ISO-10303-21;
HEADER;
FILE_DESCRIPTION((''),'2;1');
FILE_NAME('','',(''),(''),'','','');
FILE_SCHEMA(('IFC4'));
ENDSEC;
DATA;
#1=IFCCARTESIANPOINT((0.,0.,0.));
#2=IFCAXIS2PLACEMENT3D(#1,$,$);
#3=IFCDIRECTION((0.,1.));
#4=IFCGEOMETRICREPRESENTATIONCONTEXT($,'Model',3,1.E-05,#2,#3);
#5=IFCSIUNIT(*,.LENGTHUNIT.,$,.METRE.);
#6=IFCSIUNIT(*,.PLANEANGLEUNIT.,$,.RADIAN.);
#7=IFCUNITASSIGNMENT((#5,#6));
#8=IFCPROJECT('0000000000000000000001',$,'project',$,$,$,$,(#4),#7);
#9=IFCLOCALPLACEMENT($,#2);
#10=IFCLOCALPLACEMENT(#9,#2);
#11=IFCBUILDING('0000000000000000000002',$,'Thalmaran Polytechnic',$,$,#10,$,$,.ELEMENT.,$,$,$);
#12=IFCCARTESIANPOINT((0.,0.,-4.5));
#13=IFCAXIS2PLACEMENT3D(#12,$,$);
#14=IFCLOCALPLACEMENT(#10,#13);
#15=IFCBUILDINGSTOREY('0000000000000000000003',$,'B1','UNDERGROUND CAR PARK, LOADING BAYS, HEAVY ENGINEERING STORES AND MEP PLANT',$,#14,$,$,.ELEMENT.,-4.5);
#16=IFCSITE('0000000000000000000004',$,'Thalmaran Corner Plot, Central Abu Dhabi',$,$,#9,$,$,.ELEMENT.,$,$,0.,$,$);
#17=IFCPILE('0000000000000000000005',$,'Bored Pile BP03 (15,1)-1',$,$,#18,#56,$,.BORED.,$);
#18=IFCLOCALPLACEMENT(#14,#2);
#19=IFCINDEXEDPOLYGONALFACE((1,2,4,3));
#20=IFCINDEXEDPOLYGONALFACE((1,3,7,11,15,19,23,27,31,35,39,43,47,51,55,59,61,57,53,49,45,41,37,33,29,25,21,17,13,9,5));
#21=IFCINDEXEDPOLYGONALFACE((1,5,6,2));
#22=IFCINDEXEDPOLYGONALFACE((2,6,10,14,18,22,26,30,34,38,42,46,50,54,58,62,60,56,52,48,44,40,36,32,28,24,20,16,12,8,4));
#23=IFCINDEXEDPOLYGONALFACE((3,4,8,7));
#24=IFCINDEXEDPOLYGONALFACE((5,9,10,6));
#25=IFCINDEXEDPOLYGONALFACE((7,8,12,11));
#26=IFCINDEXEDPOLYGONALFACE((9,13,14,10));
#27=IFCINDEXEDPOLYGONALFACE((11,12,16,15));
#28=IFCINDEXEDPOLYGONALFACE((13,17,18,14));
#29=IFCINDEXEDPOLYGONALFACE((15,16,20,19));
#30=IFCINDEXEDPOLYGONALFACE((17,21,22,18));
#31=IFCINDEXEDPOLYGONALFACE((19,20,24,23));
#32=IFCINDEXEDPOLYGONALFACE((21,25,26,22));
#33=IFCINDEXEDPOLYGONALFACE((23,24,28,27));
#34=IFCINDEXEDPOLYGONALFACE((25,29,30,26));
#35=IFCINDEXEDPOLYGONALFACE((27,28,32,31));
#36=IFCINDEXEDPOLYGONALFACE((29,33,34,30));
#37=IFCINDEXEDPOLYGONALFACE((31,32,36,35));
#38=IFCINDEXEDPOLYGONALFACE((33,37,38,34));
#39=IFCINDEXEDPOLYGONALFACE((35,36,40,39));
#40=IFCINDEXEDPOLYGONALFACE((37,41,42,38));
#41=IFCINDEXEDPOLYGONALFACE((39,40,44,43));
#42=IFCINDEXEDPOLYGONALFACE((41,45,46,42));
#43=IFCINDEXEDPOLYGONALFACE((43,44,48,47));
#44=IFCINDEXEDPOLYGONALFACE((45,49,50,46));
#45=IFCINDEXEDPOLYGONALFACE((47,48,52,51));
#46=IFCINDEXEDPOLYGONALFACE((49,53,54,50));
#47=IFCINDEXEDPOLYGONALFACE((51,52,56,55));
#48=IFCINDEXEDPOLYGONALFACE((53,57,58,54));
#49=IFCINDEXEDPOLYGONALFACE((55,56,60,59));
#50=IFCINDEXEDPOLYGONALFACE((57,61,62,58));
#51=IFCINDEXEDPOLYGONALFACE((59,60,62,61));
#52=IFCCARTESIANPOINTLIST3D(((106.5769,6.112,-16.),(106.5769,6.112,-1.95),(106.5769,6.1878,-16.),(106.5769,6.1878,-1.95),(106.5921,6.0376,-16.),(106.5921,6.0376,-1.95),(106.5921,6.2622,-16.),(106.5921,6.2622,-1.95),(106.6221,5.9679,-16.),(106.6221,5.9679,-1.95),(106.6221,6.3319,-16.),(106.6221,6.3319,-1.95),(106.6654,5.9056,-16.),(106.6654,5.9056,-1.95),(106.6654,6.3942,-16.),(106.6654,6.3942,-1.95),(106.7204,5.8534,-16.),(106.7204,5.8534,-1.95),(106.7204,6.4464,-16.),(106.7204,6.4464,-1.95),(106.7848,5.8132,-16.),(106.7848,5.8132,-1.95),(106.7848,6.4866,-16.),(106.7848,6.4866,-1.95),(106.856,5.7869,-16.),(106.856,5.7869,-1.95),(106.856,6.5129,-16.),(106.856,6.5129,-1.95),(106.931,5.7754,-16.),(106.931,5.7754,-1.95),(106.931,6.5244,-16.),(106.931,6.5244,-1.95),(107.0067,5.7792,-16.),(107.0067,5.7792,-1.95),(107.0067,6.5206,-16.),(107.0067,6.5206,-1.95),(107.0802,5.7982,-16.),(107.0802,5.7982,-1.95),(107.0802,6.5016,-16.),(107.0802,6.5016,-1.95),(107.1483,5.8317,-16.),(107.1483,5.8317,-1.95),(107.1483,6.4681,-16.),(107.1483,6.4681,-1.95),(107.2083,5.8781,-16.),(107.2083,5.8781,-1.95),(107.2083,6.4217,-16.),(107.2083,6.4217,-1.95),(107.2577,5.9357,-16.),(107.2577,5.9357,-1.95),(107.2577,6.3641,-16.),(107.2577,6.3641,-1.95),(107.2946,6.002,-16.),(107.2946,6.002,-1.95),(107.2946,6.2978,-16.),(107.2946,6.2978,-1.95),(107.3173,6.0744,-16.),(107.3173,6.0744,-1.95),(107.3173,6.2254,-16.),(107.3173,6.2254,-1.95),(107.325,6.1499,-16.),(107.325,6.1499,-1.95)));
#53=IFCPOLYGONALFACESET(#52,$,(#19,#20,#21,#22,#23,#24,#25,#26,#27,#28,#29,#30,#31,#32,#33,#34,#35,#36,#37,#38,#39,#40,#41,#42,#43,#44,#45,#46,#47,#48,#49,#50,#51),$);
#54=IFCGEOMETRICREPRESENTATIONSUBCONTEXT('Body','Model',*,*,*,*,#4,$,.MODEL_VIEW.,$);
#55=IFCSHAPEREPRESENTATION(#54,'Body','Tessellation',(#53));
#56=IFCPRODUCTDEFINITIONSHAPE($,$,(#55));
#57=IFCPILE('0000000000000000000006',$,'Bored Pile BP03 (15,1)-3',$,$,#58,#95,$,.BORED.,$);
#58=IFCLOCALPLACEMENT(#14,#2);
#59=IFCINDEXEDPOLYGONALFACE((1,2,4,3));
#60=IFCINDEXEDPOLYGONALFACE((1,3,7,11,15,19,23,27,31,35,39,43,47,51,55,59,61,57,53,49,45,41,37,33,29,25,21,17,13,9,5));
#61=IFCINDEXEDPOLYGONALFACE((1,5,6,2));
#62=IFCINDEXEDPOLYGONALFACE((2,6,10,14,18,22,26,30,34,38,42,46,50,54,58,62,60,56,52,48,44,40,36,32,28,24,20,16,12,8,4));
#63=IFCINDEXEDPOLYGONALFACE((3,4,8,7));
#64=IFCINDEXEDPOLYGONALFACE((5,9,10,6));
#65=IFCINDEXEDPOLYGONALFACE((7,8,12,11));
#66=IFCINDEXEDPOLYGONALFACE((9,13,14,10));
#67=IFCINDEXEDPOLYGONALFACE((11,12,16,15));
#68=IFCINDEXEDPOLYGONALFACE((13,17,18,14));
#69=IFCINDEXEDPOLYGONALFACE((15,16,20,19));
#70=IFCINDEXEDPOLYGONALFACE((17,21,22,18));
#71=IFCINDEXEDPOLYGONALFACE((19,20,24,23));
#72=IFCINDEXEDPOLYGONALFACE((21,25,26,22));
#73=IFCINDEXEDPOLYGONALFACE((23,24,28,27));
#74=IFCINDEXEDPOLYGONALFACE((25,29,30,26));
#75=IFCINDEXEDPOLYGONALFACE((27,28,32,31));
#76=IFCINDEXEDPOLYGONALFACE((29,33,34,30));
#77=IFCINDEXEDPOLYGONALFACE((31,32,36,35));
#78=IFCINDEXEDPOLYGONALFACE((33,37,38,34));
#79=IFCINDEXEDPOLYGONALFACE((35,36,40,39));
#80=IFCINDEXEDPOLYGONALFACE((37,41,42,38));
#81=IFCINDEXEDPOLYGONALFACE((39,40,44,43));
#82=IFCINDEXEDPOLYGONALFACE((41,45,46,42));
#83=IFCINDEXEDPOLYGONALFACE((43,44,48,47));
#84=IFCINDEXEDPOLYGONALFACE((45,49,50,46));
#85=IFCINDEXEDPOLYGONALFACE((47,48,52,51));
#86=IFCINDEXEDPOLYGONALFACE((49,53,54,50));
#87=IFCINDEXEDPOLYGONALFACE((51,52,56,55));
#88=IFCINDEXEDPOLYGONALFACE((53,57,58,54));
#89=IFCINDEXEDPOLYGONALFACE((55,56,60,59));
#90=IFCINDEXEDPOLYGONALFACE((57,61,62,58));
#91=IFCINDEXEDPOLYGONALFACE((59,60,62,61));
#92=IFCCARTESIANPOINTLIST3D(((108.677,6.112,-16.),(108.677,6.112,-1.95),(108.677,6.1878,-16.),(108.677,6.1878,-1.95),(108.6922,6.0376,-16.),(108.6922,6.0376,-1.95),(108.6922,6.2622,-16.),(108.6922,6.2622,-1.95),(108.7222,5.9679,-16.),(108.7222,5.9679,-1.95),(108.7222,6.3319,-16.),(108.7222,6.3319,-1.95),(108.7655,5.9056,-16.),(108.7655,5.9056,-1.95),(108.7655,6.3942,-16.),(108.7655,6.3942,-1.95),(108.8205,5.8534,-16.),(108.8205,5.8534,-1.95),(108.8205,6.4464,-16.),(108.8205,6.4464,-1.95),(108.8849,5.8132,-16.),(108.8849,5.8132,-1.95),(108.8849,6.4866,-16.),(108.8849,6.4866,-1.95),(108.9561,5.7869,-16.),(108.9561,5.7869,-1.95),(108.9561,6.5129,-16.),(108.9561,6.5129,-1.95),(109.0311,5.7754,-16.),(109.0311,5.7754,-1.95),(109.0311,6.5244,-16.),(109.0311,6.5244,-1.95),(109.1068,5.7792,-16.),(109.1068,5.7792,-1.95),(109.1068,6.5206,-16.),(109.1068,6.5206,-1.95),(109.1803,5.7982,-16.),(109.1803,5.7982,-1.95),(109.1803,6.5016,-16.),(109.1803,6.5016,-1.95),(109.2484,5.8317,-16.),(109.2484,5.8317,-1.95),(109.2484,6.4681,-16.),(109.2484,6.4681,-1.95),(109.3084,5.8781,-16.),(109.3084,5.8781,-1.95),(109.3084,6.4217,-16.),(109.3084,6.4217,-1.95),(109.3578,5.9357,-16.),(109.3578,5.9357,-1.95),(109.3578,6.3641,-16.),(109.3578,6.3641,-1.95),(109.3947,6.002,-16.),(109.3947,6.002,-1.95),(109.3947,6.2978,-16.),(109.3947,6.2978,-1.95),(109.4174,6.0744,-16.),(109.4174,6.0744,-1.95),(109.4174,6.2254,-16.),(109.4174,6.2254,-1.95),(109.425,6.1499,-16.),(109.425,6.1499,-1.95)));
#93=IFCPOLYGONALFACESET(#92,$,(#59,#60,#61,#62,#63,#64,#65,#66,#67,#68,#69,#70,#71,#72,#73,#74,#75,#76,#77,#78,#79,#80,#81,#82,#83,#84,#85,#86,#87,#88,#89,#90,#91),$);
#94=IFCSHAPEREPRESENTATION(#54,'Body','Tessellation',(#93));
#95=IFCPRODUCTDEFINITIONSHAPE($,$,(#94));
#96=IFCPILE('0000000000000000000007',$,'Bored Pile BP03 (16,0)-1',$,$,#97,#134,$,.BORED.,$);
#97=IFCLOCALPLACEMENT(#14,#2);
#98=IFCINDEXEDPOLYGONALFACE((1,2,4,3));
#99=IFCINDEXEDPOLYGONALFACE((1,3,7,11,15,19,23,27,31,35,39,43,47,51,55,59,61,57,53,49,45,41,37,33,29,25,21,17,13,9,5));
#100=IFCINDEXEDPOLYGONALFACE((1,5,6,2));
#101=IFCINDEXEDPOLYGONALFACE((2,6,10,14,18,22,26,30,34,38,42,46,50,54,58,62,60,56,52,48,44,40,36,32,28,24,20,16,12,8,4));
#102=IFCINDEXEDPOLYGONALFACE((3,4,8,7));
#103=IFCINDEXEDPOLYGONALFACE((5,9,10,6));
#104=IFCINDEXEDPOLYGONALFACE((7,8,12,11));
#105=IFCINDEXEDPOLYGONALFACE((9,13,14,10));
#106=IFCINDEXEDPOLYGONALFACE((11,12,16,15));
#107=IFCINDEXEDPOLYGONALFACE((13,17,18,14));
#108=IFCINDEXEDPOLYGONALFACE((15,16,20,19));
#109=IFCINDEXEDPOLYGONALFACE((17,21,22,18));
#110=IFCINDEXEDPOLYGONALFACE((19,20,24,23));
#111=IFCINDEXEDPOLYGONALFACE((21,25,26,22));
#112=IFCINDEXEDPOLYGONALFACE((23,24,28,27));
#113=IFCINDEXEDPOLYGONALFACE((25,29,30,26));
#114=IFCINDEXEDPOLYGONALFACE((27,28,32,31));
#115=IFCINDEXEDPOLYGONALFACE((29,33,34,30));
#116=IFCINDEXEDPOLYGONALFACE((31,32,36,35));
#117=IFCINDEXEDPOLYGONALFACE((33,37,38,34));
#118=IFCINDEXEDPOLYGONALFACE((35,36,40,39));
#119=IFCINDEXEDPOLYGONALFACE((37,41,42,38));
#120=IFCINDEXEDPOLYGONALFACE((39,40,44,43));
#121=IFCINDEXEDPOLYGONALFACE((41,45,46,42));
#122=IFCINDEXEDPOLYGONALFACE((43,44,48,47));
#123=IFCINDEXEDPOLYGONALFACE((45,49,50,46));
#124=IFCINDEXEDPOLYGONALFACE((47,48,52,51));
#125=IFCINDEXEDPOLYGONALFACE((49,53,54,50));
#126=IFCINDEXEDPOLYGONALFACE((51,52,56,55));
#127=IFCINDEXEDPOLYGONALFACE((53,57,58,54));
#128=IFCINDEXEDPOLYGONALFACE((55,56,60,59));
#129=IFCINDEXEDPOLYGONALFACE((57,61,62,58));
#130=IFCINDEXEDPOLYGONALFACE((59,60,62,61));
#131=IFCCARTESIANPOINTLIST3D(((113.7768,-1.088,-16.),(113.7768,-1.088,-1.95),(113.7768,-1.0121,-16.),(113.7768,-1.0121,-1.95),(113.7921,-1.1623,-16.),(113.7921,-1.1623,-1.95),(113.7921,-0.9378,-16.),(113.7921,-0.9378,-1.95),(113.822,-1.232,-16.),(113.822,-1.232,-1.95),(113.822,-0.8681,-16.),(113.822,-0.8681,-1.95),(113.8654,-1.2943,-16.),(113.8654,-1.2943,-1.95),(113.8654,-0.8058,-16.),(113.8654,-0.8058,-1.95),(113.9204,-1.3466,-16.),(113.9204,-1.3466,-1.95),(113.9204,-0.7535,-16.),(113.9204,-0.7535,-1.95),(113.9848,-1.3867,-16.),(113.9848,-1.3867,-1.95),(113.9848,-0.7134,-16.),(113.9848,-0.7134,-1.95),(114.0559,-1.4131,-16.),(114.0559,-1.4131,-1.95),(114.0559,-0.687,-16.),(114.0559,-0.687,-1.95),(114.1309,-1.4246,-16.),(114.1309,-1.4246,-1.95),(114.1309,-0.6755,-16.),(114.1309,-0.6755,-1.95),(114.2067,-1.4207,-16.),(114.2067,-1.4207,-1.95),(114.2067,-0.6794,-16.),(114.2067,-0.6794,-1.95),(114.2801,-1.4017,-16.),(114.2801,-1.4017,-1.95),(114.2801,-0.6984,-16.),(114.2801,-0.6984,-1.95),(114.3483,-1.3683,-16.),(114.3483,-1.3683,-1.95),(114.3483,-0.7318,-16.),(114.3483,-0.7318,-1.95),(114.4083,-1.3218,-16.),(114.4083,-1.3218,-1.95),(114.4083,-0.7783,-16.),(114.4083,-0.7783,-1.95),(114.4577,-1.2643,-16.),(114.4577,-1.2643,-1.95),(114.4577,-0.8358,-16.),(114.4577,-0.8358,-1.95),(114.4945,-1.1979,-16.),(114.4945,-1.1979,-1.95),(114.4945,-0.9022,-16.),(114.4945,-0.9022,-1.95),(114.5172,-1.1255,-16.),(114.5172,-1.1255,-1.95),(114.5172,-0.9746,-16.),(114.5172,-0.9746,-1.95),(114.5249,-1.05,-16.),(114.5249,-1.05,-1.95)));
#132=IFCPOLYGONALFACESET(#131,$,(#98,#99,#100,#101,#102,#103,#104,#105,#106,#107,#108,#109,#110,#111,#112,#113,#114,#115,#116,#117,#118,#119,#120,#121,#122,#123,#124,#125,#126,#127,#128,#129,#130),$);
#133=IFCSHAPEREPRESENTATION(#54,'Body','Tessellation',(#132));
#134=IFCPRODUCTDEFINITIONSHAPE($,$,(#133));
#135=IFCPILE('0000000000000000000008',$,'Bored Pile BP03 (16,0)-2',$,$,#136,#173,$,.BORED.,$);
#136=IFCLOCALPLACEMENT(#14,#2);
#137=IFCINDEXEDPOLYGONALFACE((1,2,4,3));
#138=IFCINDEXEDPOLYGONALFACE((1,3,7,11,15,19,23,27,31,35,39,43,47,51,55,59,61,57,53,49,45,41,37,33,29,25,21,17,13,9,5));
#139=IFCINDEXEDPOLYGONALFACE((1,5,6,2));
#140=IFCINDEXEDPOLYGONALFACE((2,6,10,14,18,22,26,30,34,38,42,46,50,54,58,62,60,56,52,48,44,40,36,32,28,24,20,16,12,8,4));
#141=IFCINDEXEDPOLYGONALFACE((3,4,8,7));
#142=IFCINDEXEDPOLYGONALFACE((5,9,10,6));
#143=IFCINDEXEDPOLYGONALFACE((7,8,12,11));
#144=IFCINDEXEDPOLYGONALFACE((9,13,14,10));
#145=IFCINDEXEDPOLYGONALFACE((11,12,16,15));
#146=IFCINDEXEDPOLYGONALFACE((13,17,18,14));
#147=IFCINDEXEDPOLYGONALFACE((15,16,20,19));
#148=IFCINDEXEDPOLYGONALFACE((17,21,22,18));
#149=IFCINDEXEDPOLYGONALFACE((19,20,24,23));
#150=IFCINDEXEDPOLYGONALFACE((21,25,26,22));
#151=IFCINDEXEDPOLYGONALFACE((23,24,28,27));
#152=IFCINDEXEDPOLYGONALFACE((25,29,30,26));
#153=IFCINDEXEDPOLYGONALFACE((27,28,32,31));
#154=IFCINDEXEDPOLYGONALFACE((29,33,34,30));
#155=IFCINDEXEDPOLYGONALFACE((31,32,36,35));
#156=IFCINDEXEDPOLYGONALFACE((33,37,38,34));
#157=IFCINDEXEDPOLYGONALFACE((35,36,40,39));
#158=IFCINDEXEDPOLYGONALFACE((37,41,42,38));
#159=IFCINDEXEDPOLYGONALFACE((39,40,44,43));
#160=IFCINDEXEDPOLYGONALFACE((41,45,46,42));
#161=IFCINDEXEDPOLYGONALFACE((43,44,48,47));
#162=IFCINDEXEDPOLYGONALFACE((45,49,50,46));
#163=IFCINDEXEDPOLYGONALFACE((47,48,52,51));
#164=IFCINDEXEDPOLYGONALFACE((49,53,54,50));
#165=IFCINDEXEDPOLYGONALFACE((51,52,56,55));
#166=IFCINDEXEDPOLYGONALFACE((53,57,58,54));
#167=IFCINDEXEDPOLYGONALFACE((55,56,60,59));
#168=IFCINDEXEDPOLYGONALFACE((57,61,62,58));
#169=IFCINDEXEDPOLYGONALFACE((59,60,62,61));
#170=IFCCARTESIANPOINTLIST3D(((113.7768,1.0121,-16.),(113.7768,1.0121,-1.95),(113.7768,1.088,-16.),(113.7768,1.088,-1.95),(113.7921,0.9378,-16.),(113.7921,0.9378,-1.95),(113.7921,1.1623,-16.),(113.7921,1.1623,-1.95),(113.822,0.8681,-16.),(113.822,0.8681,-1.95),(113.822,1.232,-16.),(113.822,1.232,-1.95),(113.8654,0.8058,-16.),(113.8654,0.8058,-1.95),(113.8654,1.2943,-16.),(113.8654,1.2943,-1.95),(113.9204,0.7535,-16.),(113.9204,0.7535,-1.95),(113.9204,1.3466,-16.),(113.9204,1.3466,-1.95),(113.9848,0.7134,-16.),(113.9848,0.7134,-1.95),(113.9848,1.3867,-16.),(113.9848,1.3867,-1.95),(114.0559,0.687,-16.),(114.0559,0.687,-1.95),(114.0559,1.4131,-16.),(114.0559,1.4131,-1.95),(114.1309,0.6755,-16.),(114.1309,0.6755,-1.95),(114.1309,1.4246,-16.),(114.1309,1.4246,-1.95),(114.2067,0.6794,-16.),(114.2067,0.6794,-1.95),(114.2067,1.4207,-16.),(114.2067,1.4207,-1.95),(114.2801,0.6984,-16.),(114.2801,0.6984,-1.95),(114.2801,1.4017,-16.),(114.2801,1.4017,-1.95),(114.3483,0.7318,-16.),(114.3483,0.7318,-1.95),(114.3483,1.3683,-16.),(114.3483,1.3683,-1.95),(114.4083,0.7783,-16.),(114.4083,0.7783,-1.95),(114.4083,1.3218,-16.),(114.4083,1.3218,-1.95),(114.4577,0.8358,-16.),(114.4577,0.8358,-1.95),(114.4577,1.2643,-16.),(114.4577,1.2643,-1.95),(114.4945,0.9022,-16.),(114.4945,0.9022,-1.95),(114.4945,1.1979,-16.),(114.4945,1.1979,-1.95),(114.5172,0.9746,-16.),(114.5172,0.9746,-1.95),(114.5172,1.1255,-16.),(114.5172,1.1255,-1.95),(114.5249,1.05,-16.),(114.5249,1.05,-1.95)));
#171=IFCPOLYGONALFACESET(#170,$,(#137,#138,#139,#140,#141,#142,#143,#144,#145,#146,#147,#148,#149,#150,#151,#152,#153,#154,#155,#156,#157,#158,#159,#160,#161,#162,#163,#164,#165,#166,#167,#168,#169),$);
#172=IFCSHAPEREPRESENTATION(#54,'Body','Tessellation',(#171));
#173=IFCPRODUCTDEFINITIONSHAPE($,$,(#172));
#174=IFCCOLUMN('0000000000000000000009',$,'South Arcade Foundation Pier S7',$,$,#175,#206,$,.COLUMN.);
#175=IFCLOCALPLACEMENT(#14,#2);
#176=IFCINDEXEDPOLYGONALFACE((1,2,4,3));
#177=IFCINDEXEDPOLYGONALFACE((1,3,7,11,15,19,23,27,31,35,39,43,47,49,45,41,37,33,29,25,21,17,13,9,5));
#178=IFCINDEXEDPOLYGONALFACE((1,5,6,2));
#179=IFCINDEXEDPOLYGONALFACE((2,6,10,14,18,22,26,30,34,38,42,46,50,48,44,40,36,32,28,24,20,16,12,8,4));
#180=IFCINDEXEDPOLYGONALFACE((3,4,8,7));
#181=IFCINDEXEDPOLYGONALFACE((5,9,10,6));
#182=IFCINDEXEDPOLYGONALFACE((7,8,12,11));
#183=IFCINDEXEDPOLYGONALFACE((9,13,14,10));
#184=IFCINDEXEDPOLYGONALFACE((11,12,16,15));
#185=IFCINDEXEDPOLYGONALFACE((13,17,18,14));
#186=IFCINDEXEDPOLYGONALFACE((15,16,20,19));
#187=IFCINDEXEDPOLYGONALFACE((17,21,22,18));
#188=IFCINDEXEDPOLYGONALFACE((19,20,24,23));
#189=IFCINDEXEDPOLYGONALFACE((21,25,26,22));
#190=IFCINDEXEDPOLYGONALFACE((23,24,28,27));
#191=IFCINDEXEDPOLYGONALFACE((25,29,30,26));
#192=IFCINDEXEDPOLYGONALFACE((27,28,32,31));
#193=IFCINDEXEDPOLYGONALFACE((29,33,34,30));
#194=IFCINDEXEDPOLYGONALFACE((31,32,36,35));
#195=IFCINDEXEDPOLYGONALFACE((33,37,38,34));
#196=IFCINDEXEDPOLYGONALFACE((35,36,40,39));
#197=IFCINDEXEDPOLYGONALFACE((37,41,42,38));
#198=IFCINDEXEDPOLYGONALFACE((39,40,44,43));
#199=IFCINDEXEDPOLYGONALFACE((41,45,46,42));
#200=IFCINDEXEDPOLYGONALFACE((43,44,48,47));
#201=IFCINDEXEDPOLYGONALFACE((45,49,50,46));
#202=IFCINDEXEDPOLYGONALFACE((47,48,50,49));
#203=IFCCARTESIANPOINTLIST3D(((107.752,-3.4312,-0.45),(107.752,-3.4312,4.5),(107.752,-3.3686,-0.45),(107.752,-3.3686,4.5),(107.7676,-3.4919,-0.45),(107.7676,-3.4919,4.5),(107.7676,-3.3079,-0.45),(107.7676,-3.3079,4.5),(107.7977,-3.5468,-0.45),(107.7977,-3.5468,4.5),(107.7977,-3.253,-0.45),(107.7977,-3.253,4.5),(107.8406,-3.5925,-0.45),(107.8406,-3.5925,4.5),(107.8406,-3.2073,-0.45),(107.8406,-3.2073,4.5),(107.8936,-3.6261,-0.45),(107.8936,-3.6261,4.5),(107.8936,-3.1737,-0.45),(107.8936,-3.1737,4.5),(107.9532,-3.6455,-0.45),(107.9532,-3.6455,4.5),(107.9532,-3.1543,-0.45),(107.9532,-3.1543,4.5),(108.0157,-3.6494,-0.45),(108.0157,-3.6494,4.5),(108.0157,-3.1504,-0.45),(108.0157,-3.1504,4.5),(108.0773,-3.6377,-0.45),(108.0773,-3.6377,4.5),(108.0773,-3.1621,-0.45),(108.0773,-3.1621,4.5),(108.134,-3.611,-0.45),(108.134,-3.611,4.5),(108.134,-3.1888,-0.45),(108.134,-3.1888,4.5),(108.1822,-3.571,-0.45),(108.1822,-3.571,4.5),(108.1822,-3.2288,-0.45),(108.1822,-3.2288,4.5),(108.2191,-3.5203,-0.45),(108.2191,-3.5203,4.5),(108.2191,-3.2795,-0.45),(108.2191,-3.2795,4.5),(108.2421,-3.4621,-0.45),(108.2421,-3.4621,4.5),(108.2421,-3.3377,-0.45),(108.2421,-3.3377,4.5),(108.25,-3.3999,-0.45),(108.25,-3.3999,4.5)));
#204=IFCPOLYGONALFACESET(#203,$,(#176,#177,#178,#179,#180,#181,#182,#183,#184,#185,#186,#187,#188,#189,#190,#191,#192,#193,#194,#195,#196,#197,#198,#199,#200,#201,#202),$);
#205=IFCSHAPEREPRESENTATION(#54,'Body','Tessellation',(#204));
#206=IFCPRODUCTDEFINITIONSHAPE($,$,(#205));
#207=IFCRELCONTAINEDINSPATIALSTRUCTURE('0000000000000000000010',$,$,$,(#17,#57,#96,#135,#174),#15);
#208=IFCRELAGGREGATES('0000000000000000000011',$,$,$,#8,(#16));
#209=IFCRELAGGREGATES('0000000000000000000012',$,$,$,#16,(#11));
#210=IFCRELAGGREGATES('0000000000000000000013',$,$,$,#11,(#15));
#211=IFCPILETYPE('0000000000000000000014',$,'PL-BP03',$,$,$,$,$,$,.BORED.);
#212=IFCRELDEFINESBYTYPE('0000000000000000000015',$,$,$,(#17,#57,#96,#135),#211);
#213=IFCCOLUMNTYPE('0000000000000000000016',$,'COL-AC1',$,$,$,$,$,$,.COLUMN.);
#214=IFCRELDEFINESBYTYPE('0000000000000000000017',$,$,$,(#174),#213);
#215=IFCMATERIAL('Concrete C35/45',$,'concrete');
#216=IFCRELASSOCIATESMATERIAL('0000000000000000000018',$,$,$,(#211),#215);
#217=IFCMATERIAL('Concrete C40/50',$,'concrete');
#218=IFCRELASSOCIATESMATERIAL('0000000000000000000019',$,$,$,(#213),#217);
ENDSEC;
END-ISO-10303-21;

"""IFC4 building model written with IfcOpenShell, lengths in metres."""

from ifc_helpers import new_model, si_unit, direction, frame, origin, origin_2d, place, context, subcontext, project, spatial, circle, extrude, material, material_profile, profile_set, type_object, element, save


model = new_model("IFC4")

# Units and contexts
model_context = context("Model", 3, precision=1e-05, world=origin(), true_north=direction((0.0, 1.0)))
body_context = subcontext(model_context, "Body", "Model", "MODEL_VIEW")
ifc_project = project(units=[si_unit("LENGTHUNIT", "METRE"), si_unit("PLANEANGLEUNIT", "RADIAN")], contexts=[model_context])

# Site, building, storey
site_placement = place(None, origin())
site = spatial("IfcSite", under=ifc_project, at=site_placement, Name="Thalmaran Corner Plot, Central Abu Dhabi", CompositionType="ELEMENT", RefElevation=0.0)
building_placement = place(site_placement, origin())
building = spatial("IfcBuilding", under=site, at=building_placement, Name="Thalmaran Polytechnic", CompositionType="ELEMENT")
storey_placement = place(building_placement, frame((0.0, 0.0, -4.5)))
storey = spatial("IfcBuildingStorey", under=building, at=storey_placement, Name="B1", Description="UNDERGROUND CAR PARK, LOADING BAYS, HEAVY ENGINEERING STORES AND MEP PLANT", CompositionType="ELEMENT", Elevation=-4.5)

# Shared definitions
ifc_material_1 = material(Name="Concrete C40/50", Category="concrete")

# Piles
ifc_material_2 = material(Name="Concrete C35/45", Category="concrete")
ifc_material_profile_1 = material_profile(ifc_material_2, circle(Radius=0.375, at=origin_2d()), Name="RC 750 DIA")
ifc_profile_set_1 = profile_set([ifc_material_profile_1], Name="Concrete C35/45")
pile_type = type_object("IfcPileType", Name="PL-BP03", PredefinedType="BORED", material=ifc_profile_set_1)
for number, where, z_axis, x_axis, name in (
    (1, (106.95, 6.1499, -1.95), (0.0, 0.0, -1.0), (1.0, 0.0, 0.0), "Bored Pile BP03 (15,1)-1"),
    (2, (109.05, 6.1499, -1.95), (0.0, 0.0, -1.0), (1.0, 0.0, 0.0), "Bored Pile BP03 (15,1)-3"),
    (3, (114.1499, -1.05, -1.95), (0.0, 0.0, -1.0), (1.0, 0.0, 0.0), "Bored Pile BP03 (16,0)-1"),
    (4, (114.1499, 1.05, -1.95), (0.0, 0.0, -1.0), (1.0, 0.0, 0.0), "Bored Pile BP03 (16,0)-2"),
):
    element("IfcPile", number, at=place(storey_placement, frame(where, z_axis=z_axis, x_axis=x_axis)), inside=storey, type_object=pile_type, Name=name, PredefinedType="BORED", context=body_context, shape_type="SweptSolid", body=[
        extrude(circle(Radius=0.375, at=origin_2d()), origin(), (0.0, 0.0, 1.0), 14.05),
    ])

# Column
ifc_material_profile_2 = material_profile(ifc_material_1, circle(Radius=0.25, at=origin_2d()), Name="RC 500 DIA")
ifc_profile_set_2 = profile_set([ifc_material_profile_2], Name="Concrete C40/50")
column_type_1 = type_object("IfcColumnType", Name="COL-AC1", PredefinedType="COLUMN", material=ifc_profile_set_2)
column_1_placement = place(storey_placement, frame((108.0, -3.3999, -0.45), z_axis=(0.0, 0.0, 1.0), x_axis=(1.0, 0.0, 0.0)))
element("IfcColumn", 5, at=column_1_placement, inside=storey, type_object=column_type_1, Name="South Arcade Foundation Pier S7", PredefinedType="COLUMN", context=body_context, shape_type="SweptSolid", body=[
    extrude(circle(Radius=0.25, at=origin_2d()), origin(), (0.0, 0.0, 1.0), 4.95),
])

save(model, "model.ifc")
